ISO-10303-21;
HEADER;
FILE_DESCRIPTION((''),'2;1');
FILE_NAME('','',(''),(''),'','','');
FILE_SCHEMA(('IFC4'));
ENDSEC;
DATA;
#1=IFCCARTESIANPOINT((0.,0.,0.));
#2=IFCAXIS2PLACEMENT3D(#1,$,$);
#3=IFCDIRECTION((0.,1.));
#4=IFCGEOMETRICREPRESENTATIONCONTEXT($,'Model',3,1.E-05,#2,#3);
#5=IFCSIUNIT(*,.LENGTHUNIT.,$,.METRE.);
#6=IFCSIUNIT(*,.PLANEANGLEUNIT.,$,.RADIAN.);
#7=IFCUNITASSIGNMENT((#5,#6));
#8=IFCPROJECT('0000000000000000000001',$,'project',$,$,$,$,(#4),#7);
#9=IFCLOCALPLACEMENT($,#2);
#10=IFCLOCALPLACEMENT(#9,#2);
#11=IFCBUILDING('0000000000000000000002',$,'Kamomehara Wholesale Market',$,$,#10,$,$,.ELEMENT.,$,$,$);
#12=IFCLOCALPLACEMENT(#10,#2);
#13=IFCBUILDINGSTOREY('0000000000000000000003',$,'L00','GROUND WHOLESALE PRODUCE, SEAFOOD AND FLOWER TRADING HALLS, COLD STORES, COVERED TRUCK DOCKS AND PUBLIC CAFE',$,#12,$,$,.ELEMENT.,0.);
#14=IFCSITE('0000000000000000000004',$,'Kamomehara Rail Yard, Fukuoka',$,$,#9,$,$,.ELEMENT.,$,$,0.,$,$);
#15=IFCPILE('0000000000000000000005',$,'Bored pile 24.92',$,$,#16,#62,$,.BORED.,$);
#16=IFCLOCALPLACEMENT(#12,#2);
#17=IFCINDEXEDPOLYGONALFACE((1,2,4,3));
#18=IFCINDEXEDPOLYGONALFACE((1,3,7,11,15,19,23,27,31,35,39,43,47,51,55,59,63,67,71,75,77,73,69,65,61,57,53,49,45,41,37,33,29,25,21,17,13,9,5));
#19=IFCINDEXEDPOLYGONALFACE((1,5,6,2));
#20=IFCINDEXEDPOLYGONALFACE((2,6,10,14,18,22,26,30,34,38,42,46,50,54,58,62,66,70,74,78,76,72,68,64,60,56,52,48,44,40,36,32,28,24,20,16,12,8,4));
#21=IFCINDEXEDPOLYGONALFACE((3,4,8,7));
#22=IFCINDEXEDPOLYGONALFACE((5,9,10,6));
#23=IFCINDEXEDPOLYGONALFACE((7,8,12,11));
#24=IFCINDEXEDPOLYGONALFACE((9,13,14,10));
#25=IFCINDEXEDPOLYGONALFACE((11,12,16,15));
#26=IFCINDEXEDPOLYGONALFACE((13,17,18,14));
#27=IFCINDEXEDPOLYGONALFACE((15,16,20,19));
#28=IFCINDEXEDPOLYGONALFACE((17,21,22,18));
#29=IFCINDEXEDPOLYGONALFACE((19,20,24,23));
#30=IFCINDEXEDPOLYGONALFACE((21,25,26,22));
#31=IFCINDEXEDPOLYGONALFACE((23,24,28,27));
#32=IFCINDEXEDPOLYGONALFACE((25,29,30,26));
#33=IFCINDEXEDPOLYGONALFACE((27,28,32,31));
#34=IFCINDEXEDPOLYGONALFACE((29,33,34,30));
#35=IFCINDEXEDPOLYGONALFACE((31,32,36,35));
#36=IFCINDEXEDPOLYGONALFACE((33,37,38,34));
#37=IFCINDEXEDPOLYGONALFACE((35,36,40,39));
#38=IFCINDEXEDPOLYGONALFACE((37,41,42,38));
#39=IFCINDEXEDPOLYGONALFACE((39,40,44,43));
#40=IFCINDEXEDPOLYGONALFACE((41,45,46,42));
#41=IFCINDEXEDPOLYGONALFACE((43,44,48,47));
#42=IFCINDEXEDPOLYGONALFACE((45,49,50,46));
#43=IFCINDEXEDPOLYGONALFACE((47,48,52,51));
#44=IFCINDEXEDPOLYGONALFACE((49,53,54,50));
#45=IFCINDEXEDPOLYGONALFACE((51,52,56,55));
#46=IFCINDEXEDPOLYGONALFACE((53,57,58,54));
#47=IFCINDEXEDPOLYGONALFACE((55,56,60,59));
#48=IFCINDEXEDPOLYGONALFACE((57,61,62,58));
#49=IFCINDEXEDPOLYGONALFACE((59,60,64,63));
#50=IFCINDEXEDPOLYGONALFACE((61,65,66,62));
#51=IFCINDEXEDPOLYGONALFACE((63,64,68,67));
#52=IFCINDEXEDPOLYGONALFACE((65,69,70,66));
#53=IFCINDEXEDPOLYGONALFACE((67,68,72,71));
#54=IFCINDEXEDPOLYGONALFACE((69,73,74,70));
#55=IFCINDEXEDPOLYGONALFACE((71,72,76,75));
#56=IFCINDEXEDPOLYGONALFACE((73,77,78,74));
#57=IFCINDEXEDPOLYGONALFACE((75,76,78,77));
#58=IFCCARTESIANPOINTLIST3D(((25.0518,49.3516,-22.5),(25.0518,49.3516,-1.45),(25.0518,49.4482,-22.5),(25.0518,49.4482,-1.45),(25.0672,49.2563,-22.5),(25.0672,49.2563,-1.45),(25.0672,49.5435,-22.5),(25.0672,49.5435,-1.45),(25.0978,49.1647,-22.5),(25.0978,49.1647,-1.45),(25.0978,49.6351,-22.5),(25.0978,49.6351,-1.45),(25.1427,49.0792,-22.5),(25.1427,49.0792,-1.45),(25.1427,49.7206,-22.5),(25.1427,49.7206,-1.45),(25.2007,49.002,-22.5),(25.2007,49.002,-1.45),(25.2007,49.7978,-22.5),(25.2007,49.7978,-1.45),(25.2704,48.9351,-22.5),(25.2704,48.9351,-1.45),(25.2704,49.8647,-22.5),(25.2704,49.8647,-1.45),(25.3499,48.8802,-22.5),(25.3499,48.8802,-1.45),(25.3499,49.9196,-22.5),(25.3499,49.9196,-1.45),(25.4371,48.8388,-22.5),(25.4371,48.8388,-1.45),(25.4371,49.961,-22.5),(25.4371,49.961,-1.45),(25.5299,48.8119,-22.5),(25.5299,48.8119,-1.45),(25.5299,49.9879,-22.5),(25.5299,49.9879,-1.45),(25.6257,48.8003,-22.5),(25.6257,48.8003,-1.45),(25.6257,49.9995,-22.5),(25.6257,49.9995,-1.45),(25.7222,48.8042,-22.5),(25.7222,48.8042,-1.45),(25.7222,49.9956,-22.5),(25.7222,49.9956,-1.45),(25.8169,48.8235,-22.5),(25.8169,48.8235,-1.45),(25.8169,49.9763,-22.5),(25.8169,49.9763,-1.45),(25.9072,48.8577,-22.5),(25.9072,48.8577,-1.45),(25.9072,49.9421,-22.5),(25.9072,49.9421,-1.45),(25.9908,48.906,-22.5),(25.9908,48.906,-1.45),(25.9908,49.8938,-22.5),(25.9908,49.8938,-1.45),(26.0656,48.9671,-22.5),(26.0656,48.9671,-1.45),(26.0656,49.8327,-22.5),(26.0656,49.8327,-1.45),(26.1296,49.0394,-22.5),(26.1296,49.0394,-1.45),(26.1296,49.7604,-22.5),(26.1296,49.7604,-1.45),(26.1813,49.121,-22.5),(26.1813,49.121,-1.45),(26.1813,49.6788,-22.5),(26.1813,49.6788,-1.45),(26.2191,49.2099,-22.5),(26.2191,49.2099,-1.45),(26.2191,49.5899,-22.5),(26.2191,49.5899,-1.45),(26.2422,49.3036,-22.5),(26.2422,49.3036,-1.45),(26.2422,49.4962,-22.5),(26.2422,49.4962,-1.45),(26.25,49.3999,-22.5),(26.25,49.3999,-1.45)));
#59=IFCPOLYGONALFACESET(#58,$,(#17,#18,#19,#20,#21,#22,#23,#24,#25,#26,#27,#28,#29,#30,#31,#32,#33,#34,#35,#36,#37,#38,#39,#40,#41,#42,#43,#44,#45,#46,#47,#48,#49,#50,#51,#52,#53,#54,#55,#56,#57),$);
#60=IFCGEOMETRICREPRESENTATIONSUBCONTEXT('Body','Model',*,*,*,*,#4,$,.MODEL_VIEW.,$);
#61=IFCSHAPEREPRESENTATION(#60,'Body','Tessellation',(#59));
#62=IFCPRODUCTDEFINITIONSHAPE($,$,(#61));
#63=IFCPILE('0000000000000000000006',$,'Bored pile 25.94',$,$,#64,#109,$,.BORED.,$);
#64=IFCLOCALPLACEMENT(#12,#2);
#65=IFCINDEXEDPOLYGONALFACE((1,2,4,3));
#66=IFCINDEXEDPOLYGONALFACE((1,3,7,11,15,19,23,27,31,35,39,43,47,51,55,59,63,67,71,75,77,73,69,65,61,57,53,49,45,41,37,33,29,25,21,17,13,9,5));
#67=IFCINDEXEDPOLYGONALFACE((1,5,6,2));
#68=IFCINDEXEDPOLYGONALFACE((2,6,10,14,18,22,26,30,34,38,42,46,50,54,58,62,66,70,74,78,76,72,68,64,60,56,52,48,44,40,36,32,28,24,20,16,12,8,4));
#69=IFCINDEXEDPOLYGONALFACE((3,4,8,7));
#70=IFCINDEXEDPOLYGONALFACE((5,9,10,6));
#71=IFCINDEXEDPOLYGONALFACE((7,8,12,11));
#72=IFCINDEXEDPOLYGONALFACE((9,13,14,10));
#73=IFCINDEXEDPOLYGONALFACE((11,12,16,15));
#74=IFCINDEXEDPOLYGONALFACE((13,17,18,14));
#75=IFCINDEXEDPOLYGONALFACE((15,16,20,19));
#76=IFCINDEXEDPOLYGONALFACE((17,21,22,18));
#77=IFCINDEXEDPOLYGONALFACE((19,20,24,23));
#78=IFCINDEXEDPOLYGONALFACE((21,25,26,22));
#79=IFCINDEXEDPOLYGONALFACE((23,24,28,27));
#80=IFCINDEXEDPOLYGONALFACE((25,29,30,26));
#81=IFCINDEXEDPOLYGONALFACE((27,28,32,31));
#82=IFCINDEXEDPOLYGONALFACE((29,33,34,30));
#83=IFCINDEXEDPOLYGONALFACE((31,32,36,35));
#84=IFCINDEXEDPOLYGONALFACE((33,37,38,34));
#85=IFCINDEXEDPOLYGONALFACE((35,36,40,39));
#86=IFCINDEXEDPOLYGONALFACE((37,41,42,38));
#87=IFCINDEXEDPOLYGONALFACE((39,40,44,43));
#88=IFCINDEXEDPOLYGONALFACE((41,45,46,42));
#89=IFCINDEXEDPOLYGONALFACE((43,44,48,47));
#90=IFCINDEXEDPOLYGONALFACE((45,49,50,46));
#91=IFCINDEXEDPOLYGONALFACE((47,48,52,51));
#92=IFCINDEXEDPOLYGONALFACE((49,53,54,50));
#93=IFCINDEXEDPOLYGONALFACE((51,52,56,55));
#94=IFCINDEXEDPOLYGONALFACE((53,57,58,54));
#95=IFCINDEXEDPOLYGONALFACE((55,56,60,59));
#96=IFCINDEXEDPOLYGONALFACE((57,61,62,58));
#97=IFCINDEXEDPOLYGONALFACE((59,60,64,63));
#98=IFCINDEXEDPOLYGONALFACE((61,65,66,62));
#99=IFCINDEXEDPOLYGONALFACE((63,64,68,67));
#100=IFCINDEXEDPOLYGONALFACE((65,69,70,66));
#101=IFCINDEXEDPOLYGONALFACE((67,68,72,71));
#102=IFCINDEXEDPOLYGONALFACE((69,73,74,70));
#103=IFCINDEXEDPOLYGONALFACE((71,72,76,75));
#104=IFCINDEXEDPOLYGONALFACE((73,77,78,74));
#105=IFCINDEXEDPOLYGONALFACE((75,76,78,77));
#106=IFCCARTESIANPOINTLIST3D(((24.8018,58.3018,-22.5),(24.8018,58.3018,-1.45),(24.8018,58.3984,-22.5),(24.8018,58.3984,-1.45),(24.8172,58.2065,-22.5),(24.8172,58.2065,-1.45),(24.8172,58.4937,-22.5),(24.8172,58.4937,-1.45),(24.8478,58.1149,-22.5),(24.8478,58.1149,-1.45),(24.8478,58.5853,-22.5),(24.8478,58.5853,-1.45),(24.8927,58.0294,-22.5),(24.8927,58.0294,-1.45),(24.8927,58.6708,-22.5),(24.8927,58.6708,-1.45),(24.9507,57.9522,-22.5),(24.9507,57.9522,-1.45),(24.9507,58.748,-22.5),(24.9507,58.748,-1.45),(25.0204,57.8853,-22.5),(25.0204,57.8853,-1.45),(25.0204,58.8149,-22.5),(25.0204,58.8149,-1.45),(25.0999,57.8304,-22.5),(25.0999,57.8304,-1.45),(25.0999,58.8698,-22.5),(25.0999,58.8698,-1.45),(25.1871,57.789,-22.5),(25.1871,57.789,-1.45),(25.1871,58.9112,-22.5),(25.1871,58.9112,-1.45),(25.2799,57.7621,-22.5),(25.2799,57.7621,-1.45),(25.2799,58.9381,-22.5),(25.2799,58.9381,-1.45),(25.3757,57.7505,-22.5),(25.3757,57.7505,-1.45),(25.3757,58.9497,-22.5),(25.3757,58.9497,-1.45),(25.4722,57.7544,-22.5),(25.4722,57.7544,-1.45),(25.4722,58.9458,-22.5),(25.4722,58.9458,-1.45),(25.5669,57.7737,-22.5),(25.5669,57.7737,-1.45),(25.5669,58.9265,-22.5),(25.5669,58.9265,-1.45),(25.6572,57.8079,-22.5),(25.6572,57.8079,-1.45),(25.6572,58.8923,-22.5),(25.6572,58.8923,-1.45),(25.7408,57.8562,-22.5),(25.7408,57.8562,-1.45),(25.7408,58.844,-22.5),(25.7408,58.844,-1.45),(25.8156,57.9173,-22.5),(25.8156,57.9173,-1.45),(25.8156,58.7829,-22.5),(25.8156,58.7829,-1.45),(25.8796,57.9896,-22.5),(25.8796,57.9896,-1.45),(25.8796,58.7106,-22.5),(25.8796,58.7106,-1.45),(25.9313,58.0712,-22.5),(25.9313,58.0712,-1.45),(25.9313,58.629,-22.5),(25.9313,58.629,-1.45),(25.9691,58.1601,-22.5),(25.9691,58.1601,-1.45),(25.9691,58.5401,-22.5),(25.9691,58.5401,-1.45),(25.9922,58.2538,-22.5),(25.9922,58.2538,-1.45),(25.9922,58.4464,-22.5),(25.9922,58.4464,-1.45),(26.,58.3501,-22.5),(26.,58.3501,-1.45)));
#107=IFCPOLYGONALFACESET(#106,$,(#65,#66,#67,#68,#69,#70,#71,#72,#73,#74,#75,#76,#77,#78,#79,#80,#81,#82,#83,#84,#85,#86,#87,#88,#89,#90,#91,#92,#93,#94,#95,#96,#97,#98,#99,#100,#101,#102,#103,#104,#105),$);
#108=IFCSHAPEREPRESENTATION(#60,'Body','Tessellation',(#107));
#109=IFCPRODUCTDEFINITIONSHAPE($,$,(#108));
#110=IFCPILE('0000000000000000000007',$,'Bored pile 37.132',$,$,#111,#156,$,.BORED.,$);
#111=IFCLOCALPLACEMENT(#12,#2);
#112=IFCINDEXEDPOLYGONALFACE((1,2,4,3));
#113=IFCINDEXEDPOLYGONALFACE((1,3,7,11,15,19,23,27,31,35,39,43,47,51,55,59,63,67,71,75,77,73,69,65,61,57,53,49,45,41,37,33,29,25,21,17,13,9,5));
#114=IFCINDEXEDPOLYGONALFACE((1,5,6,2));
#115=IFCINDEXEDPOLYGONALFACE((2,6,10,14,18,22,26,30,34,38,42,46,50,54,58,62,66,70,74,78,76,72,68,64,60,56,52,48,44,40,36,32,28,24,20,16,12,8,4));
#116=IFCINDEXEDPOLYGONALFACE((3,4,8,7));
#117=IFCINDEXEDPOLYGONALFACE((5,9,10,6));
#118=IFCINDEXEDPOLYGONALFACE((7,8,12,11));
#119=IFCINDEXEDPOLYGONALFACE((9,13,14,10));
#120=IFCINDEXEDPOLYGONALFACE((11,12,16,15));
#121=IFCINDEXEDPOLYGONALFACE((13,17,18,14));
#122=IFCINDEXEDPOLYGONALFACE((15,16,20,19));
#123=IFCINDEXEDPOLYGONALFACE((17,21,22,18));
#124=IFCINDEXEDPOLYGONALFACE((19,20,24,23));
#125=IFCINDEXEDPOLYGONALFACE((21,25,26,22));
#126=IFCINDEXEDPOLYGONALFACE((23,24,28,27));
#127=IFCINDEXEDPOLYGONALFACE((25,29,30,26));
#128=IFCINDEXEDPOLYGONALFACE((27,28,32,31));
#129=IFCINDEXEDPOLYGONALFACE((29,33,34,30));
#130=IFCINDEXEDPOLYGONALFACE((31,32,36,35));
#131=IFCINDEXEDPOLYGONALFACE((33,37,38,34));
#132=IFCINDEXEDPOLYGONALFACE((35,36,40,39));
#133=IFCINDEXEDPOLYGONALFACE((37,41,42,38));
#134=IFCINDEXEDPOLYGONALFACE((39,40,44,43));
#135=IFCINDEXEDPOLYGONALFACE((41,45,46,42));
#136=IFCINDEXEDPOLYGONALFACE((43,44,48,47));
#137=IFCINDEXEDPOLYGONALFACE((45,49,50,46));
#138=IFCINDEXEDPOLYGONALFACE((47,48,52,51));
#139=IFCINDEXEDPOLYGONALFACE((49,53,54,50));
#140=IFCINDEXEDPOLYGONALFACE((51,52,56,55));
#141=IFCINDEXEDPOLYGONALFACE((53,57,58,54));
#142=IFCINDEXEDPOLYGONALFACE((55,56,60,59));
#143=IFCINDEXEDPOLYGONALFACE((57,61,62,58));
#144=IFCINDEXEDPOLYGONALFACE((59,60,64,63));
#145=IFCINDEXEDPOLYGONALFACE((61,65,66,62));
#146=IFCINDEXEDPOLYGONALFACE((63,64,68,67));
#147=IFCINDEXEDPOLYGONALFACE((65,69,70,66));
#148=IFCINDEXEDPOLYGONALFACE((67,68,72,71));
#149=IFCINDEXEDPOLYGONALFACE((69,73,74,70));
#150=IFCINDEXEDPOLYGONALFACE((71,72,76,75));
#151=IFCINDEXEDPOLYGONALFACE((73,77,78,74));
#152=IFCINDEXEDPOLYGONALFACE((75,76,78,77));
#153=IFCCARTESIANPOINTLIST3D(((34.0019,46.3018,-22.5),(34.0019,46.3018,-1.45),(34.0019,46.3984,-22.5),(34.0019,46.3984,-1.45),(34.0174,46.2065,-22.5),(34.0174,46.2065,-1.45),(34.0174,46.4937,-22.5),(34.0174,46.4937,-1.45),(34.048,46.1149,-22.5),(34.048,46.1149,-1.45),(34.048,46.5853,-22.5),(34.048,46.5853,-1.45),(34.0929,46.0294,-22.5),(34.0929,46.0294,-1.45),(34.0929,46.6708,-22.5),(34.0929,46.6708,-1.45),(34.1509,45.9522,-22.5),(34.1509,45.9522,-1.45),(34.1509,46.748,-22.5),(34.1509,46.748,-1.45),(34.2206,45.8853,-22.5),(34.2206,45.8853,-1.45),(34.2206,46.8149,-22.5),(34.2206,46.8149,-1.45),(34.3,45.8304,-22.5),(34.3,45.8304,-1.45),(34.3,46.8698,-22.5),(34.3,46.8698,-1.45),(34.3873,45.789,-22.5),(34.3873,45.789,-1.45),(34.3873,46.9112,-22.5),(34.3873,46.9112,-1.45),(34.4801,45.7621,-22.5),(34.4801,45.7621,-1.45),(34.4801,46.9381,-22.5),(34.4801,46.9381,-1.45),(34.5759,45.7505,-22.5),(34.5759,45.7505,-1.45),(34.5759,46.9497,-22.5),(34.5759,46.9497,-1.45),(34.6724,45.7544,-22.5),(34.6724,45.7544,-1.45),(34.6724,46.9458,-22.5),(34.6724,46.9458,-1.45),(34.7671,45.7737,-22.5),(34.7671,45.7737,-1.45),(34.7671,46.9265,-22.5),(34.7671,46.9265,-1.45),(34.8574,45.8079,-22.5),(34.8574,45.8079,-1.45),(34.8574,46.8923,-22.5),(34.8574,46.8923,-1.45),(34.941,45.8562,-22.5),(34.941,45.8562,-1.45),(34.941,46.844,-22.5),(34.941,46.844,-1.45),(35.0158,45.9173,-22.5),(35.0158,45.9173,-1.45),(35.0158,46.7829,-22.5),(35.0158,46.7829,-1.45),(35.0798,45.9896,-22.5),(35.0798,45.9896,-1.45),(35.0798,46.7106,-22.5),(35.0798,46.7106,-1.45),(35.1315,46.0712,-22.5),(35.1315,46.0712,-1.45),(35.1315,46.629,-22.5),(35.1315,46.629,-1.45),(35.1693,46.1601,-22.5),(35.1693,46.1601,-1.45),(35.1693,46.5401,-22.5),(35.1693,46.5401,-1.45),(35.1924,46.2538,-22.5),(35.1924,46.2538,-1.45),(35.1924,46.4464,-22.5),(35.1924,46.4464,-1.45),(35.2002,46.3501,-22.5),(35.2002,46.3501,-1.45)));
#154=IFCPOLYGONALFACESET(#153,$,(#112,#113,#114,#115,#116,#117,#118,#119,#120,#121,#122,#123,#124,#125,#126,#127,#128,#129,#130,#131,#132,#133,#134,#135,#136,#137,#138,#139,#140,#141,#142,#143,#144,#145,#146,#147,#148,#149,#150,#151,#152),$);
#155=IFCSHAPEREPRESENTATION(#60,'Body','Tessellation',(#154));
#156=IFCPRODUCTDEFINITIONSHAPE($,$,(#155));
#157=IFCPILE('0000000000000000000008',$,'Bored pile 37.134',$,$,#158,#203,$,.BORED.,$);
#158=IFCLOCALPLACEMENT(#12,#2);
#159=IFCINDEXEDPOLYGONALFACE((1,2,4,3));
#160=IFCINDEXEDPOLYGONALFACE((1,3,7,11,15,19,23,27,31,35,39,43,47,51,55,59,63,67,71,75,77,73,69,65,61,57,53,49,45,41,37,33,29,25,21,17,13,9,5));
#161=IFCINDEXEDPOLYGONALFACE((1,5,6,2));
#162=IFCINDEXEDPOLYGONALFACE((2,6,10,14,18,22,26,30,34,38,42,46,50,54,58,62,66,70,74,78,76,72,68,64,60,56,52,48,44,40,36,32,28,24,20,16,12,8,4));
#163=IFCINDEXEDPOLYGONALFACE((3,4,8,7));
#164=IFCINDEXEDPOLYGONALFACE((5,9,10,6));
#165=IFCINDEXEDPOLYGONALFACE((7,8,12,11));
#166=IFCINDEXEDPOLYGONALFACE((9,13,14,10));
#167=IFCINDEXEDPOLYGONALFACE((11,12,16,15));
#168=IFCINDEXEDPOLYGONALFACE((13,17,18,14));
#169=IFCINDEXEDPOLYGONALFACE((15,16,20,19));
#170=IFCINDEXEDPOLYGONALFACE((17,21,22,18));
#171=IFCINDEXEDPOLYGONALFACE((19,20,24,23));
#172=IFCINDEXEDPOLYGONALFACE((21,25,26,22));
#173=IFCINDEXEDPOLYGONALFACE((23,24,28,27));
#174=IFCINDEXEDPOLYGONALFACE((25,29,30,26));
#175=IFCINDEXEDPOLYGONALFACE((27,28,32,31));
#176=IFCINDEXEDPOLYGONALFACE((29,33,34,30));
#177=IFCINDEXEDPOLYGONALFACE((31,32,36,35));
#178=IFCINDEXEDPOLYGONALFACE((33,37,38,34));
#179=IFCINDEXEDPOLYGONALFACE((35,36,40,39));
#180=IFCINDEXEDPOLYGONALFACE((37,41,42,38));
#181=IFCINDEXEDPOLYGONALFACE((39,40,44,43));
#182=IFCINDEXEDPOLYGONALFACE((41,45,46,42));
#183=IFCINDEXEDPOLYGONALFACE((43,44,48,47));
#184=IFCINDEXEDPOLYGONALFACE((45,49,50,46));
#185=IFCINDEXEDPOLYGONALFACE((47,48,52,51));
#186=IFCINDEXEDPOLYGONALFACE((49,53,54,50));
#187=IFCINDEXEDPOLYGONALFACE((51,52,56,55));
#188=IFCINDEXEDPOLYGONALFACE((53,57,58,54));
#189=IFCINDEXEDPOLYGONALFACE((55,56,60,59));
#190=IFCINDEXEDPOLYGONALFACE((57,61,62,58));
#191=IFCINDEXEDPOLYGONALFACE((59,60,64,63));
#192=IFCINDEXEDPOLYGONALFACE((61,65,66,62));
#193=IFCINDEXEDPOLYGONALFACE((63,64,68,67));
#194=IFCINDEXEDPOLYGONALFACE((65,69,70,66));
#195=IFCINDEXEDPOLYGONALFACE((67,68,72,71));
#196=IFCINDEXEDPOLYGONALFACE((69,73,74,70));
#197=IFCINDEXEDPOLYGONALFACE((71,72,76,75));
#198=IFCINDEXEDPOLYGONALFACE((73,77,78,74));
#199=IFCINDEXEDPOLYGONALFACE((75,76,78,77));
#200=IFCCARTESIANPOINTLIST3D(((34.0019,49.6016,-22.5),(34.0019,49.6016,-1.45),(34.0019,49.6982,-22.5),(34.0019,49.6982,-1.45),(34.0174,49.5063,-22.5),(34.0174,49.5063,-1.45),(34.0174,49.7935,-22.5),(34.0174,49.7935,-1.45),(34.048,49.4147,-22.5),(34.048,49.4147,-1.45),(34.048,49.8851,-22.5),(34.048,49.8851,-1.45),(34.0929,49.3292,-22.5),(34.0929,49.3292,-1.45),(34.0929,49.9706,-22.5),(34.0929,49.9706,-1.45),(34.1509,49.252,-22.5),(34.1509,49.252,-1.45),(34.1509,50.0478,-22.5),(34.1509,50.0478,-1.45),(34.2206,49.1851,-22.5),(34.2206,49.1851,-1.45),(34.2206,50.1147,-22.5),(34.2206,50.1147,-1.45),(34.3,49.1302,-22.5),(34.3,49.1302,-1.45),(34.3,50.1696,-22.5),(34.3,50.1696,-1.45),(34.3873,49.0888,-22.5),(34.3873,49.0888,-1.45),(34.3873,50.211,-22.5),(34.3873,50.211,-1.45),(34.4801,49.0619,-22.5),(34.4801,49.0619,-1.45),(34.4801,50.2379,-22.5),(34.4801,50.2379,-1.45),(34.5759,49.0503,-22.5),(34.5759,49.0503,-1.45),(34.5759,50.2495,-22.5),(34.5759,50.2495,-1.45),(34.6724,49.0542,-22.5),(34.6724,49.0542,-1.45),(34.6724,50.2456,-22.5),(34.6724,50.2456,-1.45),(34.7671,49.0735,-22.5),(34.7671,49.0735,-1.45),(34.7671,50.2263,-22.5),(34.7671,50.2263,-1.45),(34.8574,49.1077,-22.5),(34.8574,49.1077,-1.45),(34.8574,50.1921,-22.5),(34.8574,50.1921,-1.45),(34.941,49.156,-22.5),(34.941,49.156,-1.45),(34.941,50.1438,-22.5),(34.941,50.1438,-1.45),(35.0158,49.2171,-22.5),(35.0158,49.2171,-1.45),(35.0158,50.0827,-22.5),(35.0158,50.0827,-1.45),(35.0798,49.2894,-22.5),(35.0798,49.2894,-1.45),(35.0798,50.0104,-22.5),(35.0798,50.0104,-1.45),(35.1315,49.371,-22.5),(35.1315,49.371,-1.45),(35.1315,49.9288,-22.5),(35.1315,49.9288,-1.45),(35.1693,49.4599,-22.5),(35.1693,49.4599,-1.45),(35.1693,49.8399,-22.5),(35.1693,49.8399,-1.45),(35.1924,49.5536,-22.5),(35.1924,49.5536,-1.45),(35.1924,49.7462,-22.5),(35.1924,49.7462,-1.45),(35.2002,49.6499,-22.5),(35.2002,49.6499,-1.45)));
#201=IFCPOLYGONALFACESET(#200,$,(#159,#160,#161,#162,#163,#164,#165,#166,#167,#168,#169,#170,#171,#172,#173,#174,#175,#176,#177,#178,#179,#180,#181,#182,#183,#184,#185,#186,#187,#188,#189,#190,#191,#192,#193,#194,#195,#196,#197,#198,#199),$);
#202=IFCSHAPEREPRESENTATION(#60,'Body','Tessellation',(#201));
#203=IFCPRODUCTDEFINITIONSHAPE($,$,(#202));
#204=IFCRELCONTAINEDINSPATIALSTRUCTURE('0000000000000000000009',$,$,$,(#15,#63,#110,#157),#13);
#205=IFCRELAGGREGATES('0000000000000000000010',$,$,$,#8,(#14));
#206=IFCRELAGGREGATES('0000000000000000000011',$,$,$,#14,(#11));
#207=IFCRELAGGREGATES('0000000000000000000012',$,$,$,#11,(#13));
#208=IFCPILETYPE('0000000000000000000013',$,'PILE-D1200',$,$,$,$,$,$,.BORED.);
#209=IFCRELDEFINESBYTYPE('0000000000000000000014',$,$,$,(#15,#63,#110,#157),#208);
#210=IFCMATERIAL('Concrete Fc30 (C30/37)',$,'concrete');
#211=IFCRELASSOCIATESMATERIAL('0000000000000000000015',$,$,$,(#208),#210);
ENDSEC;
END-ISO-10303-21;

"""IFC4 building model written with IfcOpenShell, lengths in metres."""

from ifc_helpers import new_model, si_unit, direction, frame, origin, origin_2d, place, context, subcontext, project, spatial, circle, extrude, material, material_profile, profile_set, type_object, element, save


model = new_model("IFC4")

# Units and contexts
model_context = context("Model", 3, precision=1e-05, world=origin(), true_north=direction((0.0, 1.0)))
body_context = subcontext(model_context, "Body", "Model", "MODEL_VIEW")
ifc_project = project(units=[si_unit("LENGTHUNIT", "METRE"), si_unit("PLANEANGLEUNIT", "RADIAN")], contexts=[model_context])

# Site, building, storey
site_placement = place(None, origin())
site = spatial("IfcSite", under=ifc_project, at=site_placement, Name="Kamomehara Rail Yard, Fukuoka", CompositionType="ELEMENT", RefElevation=0.0)
building_placement = place(site_placement, origin())
building = spatial("IfcBuilding", under=site, at=building_placement, Name="Kamomehara Wholesale Market", CompositionType="ELEMENT")
storey_placement = place(building_placement, origin())
storey = spatial("IfcBuildingStorey", under=building, at=storey_placement, Name="L00", Description="GROUND WHOLESALE PRODUCE, SEAFOOD AND FLOWER TRADING HALLS, COLD STORES, COVERED TRUCK DOCKS AND PUBLIC CAFE", CompositionType="ELEMENT", Elevation=0.0)

# Piles
ifc_material_1 = material(Name="Concrete Fc30 (C30/37)", Category="concrete")
ifc_material_profile_1 = material_profile(ifc_material_1, circle(Radius=0.6001, at=origin_2d()), Name="RC-PILE-D1200")
ifc_profile_set_1 = profile_set([ifc_material_profile_1], Name="Concrete Fc30 (C30/37)")
pile_type_1 = type_object("IfcPileType", Name="PILE-D1200", PredefinedType="BORED", material=ifc_profile_set_1)
for number, where, z_axis, x_axis, name in (
    (1, (25.6499, 49.3999, -1.45), (0.0, 0.0, -1.0), (1.0, 0.0, 0.0), "Bored pile 24.92"),
    (2, (25.3999, 58.3501, -1.45), (0.0, 0.0, -1.0), (1.0, 0.0, 0.0), "Bored pile 25.94"),
    (3, (34.6001, 46.3501, -1.45), (0.0, 0.0, -1.0), (1.0, 0.0, 0.0), "Bored pile 37.132"),
    (4, (34.6001, 49.6499, -1.45), (0.0, 0.0, -1.0), (1.0, 0.0, 0.0), "Bored pile 37.134"),
):
    element("IfcPile", number, at=place(storey_placement, frame(where, z_axis=z_axis, x_axis=x_axis)), inside=storey, type_object=pile_type_1, Name=name, PredefinedType="BORED", context=body_context, shape_type="SweptSolid", body=[
        extrude(circle(Radius=0.6001, at=origin_2d()), origin(), (0.0, 0.0, 1.0), 21.05),
    ])

save(model, "model.ifc")
